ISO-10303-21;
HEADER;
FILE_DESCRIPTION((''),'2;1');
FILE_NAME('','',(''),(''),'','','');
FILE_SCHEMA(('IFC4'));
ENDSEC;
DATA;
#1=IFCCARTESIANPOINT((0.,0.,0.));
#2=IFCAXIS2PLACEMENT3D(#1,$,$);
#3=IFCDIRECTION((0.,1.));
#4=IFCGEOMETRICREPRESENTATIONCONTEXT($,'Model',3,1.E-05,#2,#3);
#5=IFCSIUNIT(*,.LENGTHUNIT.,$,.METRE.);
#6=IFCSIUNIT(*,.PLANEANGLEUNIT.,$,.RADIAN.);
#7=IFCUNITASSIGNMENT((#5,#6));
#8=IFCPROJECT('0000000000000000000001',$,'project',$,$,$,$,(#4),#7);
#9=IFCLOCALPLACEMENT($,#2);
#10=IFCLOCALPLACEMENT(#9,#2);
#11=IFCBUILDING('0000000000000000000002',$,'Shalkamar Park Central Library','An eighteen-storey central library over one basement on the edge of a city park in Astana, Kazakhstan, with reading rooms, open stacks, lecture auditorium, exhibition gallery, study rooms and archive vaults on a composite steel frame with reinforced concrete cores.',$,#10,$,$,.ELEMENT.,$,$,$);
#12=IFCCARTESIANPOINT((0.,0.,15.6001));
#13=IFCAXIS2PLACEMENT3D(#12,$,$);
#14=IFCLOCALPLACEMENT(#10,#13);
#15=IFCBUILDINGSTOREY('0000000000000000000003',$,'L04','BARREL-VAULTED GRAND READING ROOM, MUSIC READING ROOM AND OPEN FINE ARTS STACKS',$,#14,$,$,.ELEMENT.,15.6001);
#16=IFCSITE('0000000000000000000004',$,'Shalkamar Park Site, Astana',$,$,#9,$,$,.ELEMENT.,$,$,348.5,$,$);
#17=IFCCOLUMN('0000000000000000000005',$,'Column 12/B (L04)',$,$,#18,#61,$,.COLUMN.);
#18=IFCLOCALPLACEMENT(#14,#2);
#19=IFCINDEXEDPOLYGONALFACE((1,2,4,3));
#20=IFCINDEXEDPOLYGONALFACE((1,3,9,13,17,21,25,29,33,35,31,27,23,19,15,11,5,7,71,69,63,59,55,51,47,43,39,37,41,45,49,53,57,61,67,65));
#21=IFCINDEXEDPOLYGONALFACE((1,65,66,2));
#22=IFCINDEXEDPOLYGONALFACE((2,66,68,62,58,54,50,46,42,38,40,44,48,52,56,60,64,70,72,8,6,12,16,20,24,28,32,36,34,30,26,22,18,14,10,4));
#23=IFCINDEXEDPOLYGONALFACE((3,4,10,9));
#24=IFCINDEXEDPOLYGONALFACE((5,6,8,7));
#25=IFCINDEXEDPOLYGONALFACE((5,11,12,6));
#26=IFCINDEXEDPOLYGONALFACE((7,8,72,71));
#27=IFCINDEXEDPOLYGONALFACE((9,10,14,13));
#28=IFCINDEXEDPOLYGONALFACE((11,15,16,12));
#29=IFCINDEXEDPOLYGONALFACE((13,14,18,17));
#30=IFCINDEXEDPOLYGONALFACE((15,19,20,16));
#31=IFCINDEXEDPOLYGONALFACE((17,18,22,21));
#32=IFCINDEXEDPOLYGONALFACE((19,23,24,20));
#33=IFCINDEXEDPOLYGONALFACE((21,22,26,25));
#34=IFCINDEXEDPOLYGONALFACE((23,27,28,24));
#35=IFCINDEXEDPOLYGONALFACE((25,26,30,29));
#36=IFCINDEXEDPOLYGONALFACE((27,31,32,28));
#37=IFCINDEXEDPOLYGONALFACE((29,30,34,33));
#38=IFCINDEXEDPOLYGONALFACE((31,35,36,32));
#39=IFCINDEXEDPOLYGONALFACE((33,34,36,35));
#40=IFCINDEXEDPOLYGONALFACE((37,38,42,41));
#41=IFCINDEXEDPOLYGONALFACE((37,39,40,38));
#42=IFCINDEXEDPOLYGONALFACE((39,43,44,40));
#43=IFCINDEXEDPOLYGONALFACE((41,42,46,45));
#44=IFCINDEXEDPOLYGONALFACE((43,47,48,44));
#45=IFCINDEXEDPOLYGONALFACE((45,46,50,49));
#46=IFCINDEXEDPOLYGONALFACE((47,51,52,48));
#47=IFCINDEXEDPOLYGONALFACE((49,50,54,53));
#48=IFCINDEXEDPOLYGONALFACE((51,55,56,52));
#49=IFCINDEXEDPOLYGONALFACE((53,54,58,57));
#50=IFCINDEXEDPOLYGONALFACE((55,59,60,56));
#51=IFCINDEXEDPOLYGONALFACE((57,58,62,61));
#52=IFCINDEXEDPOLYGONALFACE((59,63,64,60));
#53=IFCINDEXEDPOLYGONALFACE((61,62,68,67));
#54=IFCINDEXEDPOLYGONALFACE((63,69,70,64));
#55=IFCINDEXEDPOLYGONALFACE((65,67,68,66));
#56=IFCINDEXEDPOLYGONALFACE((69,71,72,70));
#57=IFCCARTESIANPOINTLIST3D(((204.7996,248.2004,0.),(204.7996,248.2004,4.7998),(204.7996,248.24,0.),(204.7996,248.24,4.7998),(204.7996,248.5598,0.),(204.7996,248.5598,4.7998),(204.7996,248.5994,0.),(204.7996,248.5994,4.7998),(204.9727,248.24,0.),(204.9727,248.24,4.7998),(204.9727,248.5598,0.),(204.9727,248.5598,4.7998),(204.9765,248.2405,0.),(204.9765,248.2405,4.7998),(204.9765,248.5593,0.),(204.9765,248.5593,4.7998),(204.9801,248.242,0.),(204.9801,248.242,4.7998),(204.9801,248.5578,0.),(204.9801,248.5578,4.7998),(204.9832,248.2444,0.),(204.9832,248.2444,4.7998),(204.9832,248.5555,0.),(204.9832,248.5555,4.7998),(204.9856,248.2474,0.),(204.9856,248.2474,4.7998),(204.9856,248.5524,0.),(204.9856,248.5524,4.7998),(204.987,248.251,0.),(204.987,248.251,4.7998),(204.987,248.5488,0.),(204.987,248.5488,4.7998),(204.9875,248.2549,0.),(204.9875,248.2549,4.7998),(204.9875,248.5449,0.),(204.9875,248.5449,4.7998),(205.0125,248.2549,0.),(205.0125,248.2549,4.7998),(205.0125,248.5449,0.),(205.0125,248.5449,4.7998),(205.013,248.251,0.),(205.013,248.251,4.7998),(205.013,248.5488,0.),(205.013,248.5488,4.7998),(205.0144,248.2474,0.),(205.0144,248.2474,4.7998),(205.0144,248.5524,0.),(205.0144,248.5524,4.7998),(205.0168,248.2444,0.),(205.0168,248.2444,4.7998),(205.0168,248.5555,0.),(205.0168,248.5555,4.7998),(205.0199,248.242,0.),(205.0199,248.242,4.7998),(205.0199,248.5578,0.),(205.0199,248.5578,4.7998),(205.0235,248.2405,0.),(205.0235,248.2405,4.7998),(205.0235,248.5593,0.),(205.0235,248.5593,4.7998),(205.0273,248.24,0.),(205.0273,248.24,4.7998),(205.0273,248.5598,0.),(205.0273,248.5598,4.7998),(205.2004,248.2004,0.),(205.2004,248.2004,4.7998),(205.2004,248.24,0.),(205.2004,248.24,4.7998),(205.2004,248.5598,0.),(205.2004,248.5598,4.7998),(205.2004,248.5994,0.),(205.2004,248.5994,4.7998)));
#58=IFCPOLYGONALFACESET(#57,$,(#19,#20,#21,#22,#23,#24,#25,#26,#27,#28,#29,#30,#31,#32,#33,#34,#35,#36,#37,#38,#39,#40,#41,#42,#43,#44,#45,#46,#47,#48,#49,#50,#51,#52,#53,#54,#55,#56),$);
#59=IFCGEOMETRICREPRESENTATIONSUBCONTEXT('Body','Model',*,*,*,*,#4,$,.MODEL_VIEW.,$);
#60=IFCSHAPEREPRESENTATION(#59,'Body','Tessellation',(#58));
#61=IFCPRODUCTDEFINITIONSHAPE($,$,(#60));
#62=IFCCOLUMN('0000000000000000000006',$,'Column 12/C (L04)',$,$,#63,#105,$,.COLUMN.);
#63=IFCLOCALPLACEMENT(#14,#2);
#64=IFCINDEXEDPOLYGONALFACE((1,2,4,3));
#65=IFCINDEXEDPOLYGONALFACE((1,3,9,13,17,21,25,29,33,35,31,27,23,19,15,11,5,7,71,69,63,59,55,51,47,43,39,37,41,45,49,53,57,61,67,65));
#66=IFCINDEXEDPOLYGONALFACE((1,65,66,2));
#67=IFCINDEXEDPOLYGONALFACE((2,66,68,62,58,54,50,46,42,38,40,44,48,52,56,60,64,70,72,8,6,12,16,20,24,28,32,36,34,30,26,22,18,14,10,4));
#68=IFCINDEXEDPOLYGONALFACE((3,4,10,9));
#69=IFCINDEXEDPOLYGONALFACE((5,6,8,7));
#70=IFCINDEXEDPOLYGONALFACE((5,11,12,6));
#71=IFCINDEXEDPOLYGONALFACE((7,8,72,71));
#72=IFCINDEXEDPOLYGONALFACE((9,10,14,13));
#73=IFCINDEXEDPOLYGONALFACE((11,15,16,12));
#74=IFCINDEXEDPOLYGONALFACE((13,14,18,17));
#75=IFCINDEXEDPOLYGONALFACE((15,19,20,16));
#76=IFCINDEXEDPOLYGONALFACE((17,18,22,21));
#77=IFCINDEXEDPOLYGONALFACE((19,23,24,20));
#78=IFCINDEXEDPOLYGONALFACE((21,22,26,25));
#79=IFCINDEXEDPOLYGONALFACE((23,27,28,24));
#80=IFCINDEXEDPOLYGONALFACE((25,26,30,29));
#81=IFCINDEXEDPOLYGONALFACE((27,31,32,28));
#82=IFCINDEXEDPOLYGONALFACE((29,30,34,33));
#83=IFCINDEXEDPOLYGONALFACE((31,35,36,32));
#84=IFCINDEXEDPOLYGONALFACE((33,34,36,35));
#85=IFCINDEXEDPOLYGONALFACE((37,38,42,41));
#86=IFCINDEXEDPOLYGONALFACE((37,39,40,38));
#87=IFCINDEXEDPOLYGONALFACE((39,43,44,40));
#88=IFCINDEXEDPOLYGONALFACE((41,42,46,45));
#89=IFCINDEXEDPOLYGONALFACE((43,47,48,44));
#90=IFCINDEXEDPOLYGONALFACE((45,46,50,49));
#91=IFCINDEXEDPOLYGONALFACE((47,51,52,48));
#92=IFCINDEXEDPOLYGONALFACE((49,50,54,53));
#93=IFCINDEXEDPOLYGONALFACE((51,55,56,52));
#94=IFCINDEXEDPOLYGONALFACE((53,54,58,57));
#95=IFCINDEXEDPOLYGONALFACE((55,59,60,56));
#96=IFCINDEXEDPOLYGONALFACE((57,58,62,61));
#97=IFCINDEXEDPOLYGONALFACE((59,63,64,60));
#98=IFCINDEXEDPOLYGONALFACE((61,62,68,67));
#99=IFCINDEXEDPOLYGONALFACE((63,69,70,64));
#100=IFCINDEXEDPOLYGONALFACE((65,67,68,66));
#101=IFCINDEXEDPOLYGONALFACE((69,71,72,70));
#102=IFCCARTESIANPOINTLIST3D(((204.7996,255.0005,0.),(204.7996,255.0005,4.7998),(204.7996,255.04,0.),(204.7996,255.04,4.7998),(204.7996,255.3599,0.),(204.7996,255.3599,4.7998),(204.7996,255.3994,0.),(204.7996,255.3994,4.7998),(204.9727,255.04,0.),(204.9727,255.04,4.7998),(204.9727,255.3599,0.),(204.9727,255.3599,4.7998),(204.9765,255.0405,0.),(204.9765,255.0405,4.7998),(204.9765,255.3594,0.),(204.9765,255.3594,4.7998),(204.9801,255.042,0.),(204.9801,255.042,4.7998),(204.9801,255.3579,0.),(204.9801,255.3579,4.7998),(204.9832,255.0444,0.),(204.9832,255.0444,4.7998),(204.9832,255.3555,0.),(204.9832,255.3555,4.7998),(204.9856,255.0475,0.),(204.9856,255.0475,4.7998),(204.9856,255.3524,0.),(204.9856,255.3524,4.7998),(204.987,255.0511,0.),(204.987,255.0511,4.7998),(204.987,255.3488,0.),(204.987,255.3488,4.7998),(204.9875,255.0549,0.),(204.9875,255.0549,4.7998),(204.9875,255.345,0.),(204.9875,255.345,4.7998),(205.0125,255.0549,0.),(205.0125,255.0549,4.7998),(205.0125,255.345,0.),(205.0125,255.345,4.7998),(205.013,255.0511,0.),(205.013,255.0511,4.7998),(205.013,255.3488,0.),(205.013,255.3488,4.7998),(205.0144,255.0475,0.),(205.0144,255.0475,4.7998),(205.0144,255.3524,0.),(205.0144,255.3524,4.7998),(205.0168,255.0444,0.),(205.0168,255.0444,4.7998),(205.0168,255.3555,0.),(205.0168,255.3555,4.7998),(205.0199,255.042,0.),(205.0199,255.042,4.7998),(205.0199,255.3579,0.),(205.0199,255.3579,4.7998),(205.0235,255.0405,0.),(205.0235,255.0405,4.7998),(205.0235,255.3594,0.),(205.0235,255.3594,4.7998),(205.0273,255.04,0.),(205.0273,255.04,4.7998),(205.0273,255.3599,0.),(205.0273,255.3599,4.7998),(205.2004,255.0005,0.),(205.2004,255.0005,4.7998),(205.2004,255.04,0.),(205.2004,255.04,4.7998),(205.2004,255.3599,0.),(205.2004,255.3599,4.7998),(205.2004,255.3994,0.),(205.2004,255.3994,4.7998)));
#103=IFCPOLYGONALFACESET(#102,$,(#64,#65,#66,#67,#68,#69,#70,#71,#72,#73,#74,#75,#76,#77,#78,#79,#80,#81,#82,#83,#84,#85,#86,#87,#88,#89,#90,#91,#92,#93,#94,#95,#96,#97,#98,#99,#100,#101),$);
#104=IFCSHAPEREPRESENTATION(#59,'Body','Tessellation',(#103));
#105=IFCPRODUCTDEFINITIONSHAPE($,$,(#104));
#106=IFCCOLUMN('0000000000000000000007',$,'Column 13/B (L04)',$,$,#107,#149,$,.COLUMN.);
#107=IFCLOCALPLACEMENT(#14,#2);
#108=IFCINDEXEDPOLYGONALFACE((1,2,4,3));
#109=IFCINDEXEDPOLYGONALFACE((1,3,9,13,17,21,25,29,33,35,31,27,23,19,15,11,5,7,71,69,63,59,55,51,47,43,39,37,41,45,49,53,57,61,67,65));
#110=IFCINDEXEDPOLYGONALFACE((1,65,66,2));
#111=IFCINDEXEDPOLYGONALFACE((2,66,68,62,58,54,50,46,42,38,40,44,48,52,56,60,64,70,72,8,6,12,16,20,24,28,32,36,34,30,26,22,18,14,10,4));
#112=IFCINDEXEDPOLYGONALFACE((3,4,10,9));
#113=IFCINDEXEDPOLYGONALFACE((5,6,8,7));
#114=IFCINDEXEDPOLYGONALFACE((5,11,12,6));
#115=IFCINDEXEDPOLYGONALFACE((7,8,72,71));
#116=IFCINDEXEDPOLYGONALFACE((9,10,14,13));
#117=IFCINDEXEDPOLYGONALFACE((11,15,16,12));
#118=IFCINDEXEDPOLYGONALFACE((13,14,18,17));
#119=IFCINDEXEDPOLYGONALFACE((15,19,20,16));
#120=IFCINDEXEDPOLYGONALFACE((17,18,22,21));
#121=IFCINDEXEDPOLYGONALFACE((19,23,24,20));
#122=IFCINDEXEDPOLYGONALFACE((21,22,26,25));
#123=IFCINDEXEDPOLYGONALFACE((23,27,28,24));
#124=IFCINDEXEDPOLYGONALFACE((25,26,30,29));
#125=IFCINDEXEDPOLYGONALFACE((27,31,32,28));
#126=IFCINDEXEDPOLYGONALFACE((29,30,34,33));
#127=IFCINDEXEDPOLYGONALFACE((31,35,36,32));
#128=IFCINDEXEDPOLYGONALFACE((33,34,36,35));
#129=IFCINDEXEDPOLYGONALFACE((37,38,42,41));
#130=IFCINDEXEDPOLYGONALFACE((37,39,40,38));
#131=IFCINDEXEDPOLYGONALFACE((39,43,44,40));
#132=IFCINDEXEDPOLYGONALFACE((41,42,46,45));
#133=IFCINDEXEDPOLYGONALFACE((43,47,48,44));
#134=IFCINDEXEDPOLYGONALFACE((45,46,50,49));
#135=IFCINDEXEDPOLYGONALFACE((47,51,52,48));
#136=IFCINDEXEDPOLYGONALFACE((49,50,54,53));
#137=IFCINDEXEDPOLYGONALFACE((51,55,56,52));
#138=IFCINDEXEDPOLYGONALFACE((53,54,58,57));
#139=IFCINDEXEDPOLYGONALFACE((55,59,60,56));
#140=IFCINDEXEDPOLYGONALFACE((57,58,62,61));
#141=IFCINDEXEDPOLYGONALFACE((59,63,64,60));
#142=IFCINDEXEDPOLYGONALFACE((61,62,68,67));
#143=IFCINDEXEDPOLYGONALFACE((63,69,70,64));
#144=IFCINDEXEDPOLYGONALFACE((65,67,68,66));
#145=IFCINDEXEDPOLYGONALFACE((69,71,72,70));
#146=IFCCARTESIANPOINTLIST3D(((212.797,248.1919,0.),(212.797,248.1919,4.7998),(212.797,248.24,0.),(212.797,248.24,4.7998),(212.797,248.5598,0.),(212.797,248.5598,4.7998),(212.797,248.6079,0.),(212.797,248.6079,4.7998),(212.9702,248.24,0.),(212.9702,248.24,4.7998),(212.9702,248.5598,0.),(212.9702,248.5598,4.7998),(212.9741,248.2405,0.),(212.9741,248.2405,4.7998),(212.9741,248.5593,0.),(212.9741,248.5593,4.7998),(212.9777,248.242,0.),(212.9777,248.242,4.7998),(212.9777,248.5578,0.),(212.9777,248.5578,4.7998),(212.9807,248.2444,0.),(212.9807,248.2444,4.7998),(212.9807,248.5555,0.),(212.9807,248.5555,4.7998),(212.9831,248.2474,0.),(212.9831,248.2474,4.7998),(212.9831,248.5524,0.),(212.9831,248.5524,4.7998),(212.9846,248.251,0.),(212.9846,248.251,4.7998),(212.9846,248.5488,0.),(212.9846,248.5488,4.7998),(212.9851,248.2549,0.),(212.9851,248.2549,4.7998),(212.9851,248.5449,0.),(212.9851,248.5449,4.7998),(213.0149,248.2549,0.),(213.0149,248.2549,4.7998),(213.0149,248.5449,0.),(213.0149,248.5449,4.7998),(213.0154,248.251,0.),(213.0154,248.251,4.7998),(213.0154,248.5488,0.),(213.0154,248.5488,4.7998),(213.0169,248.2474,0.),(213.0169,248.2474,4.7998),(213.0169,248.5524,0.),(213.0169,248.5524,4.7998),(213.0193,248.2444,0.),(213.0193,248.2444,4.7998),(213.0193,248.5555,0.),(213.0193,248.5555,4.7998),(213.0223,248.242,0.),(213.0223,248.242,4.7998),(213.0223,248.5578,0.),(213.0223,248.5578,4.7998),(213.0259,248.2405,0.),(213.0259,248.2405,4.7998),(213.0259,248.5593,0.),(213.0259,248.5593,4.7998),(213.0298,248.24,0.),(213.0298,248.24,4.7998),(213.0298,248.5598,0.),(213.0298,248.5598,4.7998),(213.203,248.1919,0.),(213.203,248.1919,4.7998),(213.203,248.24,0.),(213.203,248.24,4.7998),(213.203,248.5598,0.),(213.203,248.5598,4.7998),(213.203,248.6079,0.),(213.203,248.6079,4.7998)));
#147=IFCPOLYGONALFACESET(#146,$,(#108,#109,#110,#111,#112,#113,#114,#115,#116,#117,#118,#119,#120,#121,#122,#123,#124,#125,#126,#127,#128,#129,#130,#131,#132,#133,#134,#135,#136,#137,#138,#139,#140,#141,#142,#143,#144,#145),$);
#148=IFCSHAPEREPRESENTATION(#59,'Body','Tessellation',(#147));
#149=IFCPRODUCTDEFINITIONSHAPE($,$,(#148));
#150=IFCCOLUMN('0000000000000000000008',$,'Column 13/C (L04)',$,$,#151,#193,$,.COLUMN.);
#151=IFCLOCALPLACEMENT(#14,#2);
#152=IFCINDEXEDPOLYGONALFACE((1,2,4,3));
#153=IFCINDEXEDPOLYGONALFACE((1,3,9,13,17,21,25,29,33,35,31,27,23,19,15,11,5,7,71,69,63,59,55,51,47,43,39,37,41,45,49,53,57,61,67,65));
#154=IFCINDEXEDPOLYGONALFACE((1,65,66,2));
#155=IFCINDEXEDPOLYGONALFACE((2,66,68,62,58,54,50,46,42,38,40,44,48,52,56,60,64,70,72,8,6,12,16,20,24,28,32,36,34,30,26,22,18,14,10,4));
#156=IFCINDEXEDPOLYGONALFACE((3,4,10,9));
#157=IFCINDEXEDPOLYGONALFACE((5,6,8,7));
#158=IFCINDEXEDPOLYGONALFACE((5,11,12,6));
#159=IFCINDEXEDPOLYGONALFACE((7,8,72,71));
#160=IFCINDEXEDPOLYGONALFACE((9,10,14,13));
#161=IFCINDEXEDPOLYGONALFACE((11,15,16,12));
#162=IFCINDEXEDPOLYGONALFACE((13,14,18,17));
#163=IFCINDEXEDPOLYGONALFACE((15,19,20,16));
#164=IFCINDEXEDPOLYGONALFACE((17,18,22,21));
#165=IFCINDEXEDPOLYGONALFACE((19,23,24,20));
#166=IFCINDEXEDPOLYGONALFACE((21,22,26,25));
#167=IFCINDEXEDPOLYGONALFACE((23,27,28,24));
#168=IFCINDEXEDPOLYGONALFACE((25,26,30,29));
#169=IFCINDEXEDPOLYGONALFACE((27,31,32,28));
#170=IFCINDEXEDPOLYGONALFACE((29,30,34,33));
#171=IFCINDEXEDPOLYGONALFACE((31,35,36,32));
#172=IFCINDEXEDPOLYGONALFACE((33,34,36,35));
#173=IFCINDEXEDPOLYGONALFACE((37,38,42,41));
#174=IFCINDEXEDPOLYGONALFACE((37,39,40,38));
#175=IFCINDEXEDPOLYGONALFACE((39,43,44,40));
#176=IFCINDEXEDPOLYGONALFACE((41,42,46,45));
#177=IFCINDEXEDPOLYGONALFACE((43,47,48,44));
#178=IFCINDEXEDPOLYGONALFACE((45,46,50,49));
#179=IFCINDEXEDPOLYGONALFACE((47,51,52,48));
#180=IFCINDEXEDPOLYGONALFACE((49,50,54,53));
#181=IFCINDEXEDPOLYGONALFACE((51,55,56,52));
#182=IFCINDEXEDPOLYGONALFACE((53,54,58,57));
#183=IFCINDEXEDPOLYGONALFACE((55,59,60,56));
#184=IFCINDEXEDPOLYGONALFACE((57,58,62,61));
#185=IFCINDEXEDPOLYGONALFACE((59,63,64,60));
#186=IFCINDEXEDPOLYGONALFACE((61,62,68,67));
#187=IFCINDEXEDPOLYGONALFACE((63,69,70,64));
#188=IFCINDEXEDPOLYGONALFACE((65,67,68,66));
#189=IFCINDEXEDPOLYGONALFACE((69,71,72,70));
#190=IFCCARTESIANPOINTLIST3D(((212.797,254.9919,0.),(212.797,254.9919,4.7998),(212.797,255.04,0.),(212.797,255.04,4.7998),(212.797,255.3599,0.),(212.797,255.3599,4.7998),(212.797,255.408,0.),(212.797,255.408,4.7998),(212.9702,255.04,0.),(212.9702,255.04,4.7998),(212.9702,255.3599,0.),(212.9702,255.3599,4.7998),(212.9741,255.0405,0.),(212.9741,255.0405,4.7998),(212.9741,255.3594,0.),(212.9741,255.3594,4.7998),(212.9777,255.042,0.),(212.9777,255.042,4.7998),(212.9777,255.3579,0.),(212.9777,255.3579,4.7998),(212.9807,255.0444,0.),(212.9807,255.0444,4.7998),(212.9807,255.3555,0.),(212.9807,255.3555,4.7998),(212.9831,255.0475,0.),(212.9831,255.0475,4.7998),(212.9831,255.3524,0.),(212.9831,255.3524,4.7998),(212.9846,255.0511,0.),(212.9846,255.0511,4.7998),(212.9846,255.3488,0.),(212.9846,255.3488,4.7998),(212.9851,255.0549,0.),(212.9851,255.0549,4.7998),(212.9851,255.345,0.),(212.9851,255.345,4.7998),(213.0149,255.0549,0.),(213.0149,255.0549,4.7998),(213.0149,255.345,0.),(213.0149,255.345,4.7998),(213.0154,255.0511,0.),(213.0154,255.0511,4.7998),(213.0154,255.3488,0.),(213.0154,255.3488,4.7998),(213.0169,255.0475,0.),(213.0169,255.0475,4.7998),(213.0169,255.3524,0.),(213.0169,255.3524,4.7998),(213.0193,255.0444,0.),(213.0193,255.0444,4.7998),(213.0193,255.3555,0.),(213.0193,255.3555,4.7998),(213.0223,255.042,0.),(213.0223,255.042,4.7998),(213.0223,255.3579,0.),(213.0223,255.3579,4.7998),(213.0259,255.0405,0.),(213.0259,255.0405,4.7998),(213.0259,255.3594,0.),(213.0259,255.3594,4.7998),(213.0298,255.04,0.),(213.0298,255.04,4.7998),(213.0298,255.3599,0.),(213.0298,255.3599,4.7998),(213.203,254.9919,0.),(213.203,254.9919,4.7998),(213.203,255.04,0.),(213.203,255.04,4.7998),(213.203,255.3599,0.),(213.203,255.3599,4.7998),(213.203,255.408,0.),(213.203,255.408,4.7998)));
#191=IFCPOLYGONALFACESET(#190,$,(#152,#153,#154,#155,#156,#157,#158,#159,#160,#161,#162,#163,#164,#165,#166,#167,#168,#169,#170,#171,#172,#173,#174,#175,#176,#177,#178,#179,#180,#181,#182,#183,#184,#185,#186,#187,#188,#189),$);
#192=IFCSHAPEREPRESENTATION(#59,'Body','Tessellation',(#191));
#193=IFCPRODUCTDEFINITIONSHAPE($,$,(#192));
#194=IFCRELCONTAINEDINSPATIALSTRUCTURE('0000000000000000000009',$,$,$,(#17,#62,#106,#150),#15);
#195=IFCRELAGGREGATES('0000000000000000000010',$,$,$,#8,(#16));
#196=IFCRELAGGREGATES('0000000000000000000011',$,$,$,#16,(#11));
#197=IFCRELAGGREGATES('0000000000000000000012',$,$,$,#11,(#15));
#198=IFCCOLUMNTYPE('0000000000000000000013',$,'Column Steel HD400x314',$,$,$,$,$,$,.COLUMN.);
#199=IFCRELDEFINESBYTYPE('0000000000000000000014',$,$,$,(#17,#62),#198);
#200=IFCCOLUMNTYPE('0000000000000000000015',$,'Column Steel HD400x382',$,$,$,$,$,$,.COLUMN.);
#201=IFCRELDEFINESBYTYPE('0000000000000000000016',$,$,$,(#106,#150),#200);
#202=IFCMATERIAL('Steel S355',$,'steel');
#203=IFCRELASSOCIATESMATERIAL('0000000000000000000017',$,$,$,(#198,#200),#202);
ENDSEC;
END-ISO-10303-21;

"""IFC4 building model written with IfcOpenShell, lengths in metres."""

from ifc_helpers import new_model, si_unit, direction, frame, origin, origin_2d, place, context, subcontext, project, spatial, i_section, extrude, material, material_profile, profile_set, type_object, element, save


model = new_model("IFC4")

# Units and contexts
model_context = context("Model", 3, precision=1e-05, world=origin(), true_north=direction((0.0, 1.0)))
body_context = subcontext(model_context, "Body", "Model", "MODEL_VIEW")
ifc_project = project(units=[si_unit("LENGTHUNIT", "METRE"), si_unit("PLANEANGLEUNIT", "RADIAN")], contexts=[model_context])

# Site, building, storey
site_placement = place(None, origin())
site = spatial("IfcSite", under=ifc_project, at=site_placement, Name="Shalkamar Park Site, Astana", CompositionType="ELEMENT", RefElevation=348.5)
building_placement = place(site_placement, origin())
building = spatial("IfcBuilding", under=site, at=building_placement, Name="Shalkamar Park Central Library", Description="An eighteen-storey central library over one basement on the edge of a city park in Astana, Kazakhstan, with reading rooms, open stacks, lecture auditorium, exhibition gallery, study rooms and archive vaults on a composite steel frame with reinforced concrete cores.", CompositionType="ELEMENT")
storey_placement = place(building_placement, frame((0.0, 0.0, 15.6001)))
storey = spatial("IfcBuildingStorey", under=building, at=storey_placement, Name="L04", Description="BARREL-VAULTED GRAND READING ROOM, MUSIC READING ROOM AND OPEN FINE ARTS STACKS", CompositionType="ELEMENT", Elevation=15.6001)

# Columns
ifc_material_1 = material(Name="Steel S355", Category="steel")
ifc_material_profile_1 = material_profile(ifc_material_1, i_section(OverallWidth=0.4009, OverallDepth=0.3989, WebThickness=0.0249, FlangeThickness=0.0396, FilletRadius=0.0149, at=origin_2d()), Name="HD 400x314")
ifc_profile_set_1 = profile_set([ifc_material_profile_1], Name="Steel S355")
column_type_1 = type_object("IfcColumnType", Name="Column Steel HD400x314", PredefinedType="COLUMN", material=ifc_profile_set_1)
for number, where, z_axis, x_axis, name in (
    (1, (205.0, 248.3999, 0.0), (0.0, 0.0, 1.0), (1.0, 0.0, 0.0), "Column 12/B (L04)"),
    (2, (205.0, 255.2, 0.0), (0.0, 0.0, 1.0), (1.0, 0.0, 0.0), "Column 12/C (L04)"),
):
    element("IfcColumn", number, at=place(storey_placement, frame(where, z_axis=z_axis, x_axis=x_axis)), inside=storey, type_object=column_type_1, Name=name, PredefinedType="COLUMN", context=body_context, shape_type="SweptSolid", body=[
        extrude(i_section(OverallWidth=0.4009, OverallDepth=0.3989, WebThickness=0.0249, FlangeThickness=0.0396, FilletRadius=0.0149, at=origin_2d()), origin(), (0.0, 0.0, 1.0), 4.7998),
    ])
ifc_material_profile_2 = material_profile(ifc_material_1, i_section(OverallWidth=0.406, OverallDepth=0.416, WebThickness=0.0298, FlangeThickness=0.0481, FilletRadius=0.0149, at=origin_2d()), Name="HD 400x382")
ifc_profile_set_2 = profile_set([ifc_material_profile_2], Name="Steel S355")
column_type_2 = type_object("IfcColumnType", Name="Column Steel HD400x382", PredefinedType="COLUMN", material=ifc_profile_set_2)
for number, where, z_axis, x_axis, name in (
    (3, (213.0, 248.3999, 0.0), (0.0, 0.0, 1.0), (1.0, 0.0, 0.0), "Column 13/B (L04)"),
    (4, (213.0, 255.2, 0.0), (0.0, 0.0, 1.0), (1.0, 0.0, 0.0), "Column 13/C (L04)"),
):
    element("IfcColumn", number, at=place(storey_placement, frame(where, z_axis=z_axis, x_axis=x_axis)), inside=storey, type_object=column_type_2, Name=name, PredefinedType="COLUMN", context=body_context, shape_type="SweptSolid", body=[
        extrude(i_section(OverallWidth=0.406, OverallDepth=0.416, WebThickness=0.0298, FlangeThickness=0.0481, FilletRadius=0.0149, at=origin_2d()), origin(), (0.0, 0.0, 1.0), 4.7998),
    ])

save(model, "model.ifc")
